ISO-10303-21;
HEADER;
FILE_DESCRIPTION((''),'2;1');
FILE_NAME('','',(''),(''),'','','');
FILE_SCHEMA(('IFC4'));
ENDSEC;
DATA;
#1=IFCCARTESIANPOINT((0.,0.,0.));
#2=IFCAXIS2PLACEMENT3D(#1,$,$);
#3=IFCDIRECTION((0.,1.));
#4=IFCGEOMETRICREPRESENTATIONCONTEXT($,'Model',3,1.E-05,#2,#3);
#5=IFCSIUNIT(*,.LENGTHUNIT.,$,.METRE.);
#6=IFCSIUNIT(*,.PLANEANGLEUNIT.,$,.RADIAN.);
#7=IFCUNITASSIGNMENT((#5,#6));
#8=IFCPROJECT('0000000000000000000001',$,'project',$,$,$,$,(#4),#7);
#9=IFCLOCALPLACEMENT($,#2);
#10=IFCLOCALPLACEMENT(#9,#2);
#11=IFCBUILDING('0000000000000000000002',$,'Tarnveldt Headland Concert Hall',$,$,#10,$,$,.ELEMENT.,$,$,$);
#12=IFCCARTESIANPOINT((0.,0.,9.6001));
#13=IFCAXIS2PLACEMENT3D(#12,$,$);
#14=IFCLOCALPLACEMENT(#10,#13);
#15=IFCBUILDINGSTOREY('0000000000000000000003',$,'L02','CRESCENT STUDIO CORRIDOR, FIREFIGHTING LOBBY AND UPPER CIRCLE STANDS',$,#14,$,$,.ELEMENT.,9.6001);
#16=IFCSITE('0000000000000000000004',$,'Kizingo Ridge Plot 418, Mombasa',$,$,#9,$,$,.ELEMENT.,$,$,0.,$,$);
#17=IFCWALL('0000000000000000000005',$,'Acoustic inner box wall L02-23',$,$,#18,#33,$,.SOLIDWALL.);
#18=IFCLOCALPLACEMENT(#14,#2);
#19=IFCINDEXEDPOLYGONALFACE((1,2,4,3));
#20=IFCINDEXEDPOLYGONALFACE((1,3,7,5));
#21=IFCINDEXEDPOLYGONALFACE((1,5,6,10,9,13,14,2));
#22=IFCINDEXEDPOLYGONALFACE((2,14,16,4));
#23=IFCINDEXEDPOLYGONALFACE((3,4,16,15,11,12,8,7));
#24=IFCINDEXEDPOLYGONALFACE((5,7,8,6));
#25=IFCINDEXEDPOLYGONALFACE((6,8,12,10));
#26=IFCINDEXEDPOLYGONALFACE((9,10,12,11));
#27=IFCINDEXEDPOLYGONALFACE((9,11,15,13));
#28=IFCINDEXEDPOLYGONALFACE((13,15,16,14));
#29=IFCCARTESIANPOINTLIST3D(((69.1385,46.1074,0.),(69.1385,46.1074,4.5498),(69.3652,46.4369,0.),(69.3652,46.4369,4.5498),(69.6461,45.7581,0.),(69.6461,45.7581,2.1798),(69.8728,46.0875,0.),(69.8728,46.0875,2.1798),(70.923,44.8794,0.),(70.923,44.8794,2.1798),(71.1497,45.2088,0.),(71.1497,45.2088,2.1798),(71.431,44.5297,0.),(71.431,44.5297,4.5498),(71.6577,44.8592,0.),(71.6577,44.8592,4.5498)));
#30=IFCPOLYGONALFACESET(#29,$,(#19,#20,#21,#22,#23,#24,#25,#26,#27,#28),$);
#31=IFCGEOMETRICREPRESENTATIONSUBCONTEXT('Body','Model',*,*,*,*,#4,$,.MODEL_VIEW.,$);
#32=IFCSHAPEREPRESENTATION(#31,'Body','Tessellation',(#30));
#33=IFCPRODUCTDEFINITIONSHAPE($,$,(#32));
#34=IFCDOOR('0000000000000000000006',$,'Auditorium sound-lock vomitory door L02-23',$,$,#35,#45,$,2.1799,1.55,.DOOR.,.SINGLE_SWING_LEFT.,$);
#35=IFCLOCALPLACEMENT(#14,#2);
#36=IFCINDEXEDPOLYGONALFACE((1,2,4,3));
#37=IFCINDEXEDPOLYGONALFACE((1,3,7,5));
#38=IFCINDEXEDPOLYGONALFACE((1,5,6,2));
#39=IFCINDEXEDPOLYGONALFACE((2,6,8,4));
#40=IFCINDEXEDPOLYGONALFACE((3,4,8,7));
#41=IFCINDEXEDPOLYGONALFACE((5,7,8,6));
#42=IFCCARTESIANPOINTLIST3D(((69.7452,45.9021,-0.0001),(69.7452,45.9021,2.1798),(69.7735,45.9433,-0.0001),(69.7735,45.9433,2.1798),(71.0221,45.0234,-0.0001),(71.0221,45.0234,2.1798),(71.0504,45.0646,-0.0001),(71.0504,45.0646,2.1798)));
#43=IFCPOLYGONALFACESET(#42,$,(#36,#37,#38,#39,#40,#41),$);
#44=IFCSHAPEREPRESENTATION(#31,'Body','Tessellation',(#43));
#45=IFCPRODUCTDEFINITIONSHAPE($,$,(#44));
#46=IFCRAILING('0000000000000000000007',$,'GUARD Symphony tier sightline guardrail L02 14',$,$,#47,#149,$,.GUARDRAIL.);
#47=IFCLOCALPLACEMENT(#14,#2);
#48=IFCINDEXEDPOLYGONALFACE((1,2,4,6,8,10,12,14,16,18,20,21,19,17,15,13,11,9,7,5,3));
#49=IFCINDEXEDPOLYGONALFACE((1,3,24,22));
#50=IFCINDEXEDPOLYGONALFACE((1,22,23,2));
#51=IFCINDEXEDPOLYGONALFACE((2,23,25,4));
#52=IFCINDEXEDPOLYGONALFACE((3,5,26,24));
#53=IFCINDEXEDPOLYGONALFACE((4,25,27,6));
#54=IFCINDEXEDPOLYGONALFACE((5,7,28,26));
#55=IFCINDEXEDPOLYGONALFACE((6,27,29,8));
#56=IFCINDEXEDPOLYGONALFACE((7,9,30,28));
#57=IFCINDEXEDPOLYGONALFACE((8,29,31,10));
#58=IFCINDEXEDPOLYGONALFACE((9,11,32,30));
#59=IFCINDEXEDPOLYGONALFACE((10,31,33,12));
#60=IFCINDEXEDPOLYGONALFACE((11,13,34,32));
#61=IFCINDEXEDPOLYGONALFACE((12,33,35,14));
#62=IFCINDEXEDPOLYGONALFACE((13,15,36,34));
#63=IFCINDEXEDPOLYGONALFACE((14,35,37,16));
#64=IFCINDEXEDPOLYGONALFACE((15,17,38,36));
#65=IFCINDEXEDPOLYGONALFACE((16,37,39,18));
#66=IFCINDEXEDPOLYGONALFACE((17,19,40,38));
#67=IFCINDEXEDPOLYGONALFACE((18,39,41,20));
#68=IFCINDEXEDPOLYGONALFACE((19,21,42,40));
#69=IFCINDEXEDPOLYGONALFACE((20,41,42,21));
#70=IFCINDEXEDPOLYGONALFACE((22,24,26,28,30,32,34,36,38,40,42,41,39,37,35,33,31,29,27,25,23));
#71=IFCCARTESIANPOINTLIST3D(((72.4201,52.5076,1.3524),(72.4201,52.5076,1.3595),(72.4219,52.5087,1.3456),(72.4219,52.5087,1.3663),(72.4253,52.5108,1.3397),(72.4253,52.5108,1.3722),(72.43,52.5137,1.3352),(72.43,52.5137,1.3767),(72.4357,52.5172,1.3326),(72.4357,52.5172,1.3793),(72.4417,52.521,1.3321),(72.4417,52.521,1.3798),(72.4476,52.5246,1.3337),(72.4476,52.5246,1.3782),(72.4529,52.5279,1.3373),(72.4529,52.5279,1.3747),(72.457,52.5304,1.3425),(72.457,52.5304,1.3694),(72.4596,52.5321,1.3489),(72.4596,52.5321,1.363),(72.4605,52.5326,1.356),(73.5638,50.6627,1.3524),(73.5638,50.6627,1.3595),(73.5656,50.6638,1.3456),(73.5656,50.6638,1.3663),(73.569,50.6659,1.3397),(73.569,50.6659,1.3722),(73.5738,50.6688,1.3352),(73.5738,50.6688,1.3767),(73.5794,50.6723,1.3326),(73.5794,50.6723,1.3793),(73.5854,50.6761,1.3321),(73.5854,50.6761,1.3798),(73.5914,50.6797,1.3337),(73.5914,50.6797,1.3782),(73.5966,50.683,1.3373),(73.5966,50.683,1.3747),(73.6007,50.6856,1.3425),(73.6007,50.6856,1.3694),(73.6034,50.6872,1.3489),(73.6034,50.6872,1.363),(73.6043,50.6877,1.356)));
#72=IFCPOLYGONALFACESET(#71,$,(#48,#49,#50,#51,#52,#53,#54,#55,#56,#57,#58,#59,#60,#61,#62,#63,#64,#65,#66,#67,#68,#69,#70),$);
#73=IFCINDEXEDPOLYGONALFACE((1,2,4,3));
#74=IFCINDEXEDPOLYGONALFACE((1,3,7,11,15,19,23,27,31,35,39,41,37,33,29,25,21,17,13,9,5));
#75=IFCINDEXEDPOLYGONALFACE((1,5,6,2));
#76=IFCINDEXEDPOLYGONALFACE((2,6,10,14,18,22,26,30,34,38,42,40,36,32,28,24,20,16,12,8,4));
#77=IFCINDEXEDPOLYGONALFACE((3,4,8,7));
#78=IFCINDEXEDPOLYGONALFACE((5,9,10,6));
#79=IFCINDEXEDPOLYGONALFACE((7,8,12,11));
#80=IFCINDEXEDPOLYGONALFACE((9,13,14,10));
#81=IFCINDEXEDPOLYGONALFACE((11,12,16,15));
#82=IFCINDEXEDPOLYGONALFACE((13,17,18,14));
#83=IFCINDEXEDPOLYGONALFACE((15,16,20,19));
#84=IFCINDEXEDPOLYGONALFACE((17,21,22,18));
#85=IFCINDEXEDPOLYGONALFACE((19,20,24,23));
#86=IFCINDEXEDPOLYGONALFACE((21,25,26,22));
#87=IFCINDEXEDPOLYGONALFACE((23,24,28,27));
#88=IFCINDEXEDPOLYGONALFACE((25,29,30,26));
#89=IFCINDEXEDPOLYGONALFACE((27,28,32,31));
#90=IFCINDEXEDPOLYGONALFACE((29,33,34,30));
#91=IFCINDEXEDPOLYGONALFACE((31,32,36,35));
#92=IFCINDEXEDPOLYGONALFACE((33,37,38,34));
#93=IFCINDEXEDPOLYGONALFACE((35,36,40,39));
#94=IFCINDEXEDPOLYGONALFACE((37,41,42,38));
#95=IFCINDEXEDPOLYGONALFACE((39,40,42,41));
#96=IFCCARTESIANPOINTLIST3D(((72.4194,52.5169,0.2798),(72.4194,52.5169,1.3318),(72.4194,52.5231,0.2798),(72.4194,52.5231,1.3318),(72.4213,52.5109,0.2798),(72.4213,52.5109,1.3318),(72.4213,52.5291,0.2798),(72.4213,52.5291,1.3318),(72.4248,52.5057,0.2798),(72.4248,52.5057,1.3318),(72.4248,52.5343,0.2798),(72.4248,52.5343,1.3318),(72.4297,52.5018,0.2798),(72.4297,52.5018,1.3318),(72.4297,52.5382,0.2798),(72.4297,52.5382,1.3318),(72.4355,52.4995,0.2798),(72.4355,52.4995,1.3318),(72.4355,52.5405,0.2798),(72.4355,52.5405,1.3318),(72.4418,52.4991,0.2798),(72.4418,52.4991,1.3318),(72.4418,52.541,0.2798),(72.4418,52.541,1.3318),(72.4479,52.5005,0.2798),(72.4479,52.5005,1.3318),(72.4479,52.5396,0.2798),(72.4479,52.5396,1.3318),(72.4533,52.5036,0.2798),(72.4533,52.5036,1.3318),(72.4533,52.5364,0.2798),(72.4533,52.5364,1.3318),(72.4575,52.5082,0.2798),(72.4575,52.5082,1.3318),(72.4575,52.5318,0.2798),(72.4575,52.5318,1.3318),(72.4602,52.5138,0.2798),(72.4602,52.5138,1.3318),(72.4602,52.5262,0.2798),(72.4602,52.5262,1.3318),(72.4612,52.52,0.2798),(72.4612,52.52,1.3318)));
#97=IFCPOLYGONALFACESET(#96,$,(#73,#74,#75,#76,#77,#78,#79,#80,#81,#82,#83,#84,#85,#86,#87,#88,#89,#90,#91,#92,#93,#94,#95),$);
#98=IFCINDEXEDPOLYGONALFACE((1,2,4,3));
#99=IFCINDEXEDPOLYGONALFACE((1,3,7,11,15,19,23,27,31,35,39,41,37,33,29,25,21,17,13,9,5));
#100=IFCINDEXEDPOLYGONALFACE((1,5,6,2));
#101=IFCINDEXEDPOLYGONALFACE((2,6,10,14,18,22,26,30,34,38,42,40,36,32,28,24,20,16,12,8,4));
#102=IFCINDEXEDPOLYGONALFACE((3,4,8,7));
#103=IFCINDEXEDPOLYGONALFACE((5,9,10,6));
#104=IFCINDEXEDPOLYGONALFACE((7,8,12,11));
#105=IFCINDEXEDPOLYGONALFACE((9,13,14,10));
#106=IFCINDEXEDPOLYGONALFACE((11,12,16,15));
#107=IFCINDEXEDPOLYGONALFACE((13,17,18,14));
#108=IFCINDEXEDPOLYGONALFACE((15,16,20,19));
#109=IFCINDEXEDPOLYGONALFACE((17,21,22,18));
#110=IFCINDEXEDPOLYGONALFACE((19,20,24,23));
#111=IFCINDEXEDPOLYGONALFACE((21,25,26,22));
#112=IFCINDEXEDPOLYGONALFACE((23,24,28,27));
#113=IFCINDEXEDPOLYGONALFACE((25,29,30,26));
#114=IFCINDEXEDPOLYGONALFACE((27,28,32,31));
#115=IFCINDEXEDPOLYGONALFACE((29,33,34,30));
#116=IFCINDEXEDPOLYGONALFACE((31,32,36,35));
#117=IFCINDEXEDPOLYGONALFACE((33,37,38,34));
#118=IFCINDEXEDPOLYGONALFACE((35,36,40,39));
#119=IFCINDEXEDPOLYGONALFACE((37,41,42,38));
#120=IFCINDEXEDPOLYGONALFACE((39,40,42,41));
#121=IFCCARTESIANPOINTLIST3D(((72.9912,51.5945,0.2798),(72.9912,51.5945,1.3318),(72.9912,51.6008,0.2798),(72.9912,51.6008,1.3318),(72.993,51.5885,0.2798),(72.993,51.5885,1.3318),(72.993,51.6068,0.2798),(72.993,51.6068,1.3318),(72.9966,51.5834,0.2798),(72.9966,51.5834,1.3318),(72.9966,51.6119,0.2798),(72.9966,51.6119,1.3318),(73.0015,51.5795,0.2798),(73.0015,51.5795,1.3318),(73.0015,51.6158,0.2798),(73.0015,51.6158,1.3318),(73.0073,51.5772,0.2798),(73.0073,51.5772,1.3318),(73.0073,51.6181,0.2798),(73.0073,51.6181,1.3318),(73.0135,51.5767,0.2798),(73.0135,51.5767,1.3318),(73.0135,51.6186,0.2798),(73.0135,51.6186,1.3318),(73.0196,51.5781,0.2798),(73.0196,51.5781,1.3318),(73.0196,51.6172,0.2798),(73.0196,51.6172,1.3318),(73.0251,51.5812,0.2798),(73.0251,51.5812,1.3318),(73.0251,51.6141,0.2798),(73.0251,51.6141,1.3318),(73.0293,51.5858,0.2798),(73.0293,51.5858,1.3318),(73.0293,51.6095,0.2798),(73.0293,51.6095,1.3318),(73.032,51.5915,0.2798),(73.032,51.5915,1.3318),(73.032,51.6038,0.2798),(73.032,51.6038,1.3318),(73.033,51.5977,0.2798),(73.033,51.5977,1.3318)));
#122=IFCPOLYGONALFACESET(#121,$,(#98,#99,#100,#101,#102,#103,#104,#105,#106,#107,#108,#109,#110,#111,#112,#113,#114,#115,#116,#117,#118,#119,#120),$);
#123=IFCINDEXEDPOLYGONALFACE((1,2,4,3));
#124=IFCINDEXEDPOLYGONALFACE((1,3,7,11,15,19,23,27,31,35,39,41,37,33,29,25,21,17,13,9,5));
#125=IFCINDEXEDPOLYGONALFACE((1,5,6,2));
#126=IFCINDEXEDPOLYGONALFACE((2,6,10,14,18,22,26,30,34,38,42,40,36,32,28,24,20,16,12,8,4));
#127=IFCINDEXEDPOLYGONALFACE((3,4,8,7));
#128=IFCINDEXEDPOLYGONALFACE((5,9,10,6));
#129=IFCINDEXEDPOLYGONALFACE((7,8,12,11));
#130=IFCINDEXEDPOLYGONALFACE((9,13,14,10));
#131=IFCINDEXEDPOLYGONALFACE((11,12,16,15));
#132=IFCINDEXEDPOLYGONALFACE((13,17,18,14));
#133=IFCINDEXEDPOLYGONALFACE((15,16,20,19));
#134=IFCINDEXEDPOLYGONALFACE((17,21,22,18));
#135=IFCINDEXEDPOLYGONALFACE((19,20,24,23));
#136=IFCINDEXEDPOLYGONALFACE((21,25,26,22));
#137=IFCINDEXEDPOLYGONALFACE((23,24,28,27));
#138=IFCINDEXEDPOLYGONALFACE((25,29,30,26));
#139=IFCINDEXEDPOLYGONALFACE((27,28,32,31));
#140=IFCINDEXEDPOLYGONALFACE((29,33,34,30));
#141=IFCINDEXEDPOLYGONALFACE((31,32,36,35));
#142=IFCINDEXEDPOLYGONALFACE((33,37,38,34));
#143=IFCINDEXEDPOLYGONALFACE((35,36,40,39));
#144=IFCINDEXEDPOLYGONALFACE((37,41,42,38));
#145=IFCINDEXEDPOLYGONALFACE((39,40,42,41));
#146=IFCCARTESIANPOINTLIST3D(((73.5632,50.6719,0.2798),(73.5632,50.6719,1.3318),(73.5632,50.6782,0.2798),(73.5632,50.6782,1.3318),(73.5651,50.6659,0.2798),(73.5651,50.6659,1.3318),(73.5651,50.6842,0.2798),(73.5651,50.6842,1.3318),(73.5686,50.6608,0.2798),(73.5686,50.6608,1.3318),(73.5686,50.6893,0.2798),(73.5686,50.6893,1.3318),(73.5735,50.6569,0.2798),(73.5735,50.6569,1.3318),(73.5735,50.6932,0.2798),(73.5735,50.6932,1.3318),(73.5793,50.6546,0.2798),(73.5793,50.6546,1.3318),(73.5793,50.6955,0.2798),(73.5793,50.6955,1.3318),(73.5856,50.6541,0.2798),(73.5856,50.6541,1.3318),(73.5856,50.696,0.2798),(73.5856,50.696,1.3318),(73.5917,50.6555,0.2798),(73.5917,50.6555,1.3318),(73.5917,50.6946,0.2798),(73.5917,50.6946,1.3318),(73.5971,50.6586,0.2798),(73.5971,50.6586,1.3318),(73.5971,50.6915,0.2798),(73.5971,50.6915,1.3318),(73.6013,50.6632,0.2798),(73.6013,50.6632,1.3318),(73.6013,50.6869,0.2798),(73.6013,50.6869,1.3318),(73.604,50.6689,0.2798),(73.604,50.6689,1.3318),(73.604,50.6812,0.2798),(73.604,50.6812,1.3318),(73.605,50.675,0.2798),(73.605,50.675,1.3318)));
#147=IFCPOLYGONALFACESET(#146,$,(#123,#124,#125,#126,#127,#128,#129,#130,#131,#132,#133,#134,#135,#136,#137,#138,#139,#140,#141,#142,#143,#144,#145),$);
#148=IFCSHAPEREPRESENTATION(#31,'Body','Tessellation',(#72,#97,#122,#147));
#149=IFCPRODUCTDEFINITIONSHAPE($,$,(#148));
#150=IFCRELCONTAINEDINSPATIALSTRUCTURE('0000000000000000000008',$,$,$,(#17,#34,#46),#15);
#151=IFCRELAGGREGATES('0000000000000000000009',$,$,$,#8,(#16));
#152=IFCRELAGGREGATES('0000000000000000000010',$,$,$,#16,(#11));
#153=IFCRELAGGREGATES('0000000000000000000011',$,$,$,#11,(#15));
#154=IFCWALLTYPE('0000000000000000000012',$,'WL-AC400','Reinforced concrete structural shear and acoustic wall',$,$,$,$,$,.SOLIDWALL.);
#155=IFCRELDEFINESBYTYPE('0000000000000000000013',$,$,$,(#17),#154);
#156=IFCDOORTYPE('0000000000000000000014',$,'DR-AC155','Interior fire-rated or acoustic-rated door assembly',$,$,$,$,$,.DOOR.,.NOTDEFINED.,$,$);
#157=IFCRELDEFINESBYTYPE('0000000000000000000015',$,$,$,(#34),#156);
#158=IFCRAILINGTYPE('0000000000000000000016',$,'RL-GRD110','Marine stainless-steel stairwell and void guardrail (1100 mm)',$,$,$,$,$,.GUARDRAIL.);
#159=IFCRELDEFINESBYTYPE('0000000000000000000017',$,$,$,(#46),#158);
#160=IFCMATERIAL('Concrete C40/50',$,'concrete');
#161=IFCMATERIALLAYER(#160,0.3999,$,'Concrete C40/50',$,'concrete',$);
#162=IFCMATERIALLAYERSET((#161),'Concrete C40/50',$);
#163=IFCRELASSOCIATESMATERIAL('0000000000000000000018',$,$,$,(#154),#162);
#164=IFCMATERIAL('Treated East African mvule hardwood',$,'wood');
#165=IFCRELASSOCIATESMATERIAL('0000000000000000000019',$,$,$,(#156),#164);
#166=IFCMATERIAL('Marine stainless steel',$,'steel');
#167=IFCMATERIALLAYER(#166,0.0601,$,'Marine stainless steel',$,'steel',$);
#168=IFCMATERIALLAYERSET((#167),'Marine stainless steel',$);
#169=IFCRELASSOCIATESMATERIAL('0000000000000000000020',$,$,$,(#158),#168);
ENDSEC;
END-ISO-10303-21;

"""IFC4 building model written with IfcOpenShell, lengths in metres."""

from ifc_helpers import new_model, si_unit, direction, frame, frame_2d, origin, origin_2d, place, context, subcontext, project, spatial, rectangle, circle, extrude, material, layer, layer_set, type_object, element, fill, save


model = new_model("IFC4")

# Units and contexts
model_context = context("Model", 3, precision=1e-05, world=origin(), true_north=direction((0.0, 1.0)))
body_context = subcontext(model_context, "Body", "Model", "MODEL_VIEW")
ifc_project = project(units=[si_unit("LENGTHUNIT", "METRE"), si_unit("PLANEANGLEUNIT", "RADIAN")], contexts=[model_context])

# Site, building, storey
site_placement = place(None, origin())
site = spatial("IfcSite", under=ifc_project, at=site_placement, Name="Kizingo Ridge Plot 418, Mombasa", CompositionType="ELEMENT", RefElevation=0.0)
building_placement = place(site_placement, origin())
building = spatial("IfcBuilding", under=site, at=building_placement, Name="Tarnveldt Headland Concert Hall", CompositionType="ELEMENT")
storey_placement = place(building_placement, frame((0.0, 0.0, 9.6001)))
storey = spatial("IfcBuildingStorey", under=building, at=storey_placement, Name="L02", Description="CRESCENT STUDIO CORRIDOR, FIREFIGHTING LOBBY AND UPPER CIRCLE STANDS", CompositionType="ELEMENT", Elevation=9.6001)

# Shared definitions
ifc_material_1 = material(Name="Concrete C40/50", Category="concrete")

# Shared definitions
ifc_layer_1 = layer(ifc_material_1, 0.3999, Name="Concrete C40/50", Category="concrete")
ifc_layer_set_1 = layer_set([ifc_layer_1], Name="Concrete C40/50")
wall_type = type_object("IfcWallType", Name="WL-AC400", Description="Reinforced concrete structural shear and acoustic wall", PredefinedType="SOLIDWALL", material=ifc_layer_set_1)

# Wall, opening, door
wall_1_placement = place(storey_placement, frame((69.2517, 46.2722, 0.0), z_axis=(0.0, 0.0, 1.0), x_axis=(0.823781, -0.566909, 0.0)))
wall_1 = element("IfcWall", 1, at=wall_1_placement, inside=storey, type_object=wall_type, Name="Acoustic inner box wall L02-23", PredefinedType="SOLIDWALL", context=body_context, shape_type="SweptSolid", body=[
    extrude(rectangle(XDim=2.783, YDim=0.3999, at=frame_2d((1.3916, 0.0))), origin(), (0.0, 0.0, 1.0), 4.5498),
])
opening_placement = place(wall_1_placement, frame((0.6165, 0.0, 0.0)))
opening = element("IfcOpeningElement", 2, at=opening_placement, cuts=wall_1, PredefinedType="OPENING", context=body_context, shape_type="SweptSolid", body=[
    extrude(rectangle(XDim=1.55, YDim=2.1799, at=frame_2d((0.7749, 1.0898))), frame((0.0, 0.21, 0.0), z_axis=(0.0, -1.0, 0.0), x_axis=(1.0, 0.0, 0.0)), (0.0, 0.0, 1.0), 0.4199),
])
ifc_material_2 = material(Name="Treated East African mvule hardwood", Category="wood")
door_type = type_object("IfcDoorType", Name="DR-AC155", Description="Interior fire-rated or acoustic-rated door assembly", OperationType="NOTDEFINED", PredefinedType="DOOR", material=ifc_material_2)
door_placement = place(opening_placement, origin())
door = element("IfcDoor", 3, at=door_placement, inside=storey, type_object=door_type, Name="Auditorium sound-lock vomitory door L02-23", OperationType="SINGLE_SWING_LEFT", OverallHeight=2.1799, OverallWidth=1.55, PredefinedType="DOOR", context=body_context, shape_type="SweptSolid", body=[
    extrude(rectangle(XDim=1.55, YDim=2.1799, at=frame_2d((0.7749, 1.0898))), frame((0.0, 0.0249, 0.0), z_axis=(0.0, -1.0, 0.0), x_axis=(1.0, 0.0, 0.0)), (0.0, 0.0, 1.0), 0.05),
])
fill(opening, door)

# Railing
ifc_material_3 = material(Name="Marine stainless steel", Category="steel")
ifc_layer_2 = layer(ifc_material_3, 0.0601, Name="Marine stainless steel", Category="steel")
ifc_layer_set_2 = layer_set([ifc_layer_2], Name="Marine stainless steel")
railing_type = type_object("IfcRailingType", Name="RL-GRD110", Description="Marine stainless-steel stairwell and void guardrail (1100 mm)", PredefinedType="GUARDRAIL", material=ifc_layer_set_2)
railing_1_placement = place(storey_placement, frame((72.4402, 52.52, 0.2798)))
element("IfcRailing", 4, at=railing_1_placement, inside=storey, type_object=railing_type, Name="GUARD Symphony tier sightline guardrail L02 14", PredefinedType="GUARDRAIL", context=body_context, shape_type="SweptSolid", body=[
    extrude(circle(Radius=0.0239, at=origin_2d()), frame((0.0, 0.0, 1.0762), z_axis=(0.526912, -0.84992, 0.0), x_axis=(0.84992, 0.526912, 0.0)), (0.0, 0.0, 1.0), 2.1707),
    extrude(circle(Radius=0.021, at=origin_2d()), origin(), (0.0, 0.0, 1.0), 1.052),
    extrude(circle(Radius=0.021, at=origin_2d()), frame((0.5718, -0.9224, 0.0)), (0.0, 0.0, 1.0), 1.052),
    extrude(circle(Radius=0.021, at=origin_2d()), frame((1.1438, -1.845, 0.0)), (0.0, 0.0, 1.0), 1.052),
])

save(model, "model.ifc")
